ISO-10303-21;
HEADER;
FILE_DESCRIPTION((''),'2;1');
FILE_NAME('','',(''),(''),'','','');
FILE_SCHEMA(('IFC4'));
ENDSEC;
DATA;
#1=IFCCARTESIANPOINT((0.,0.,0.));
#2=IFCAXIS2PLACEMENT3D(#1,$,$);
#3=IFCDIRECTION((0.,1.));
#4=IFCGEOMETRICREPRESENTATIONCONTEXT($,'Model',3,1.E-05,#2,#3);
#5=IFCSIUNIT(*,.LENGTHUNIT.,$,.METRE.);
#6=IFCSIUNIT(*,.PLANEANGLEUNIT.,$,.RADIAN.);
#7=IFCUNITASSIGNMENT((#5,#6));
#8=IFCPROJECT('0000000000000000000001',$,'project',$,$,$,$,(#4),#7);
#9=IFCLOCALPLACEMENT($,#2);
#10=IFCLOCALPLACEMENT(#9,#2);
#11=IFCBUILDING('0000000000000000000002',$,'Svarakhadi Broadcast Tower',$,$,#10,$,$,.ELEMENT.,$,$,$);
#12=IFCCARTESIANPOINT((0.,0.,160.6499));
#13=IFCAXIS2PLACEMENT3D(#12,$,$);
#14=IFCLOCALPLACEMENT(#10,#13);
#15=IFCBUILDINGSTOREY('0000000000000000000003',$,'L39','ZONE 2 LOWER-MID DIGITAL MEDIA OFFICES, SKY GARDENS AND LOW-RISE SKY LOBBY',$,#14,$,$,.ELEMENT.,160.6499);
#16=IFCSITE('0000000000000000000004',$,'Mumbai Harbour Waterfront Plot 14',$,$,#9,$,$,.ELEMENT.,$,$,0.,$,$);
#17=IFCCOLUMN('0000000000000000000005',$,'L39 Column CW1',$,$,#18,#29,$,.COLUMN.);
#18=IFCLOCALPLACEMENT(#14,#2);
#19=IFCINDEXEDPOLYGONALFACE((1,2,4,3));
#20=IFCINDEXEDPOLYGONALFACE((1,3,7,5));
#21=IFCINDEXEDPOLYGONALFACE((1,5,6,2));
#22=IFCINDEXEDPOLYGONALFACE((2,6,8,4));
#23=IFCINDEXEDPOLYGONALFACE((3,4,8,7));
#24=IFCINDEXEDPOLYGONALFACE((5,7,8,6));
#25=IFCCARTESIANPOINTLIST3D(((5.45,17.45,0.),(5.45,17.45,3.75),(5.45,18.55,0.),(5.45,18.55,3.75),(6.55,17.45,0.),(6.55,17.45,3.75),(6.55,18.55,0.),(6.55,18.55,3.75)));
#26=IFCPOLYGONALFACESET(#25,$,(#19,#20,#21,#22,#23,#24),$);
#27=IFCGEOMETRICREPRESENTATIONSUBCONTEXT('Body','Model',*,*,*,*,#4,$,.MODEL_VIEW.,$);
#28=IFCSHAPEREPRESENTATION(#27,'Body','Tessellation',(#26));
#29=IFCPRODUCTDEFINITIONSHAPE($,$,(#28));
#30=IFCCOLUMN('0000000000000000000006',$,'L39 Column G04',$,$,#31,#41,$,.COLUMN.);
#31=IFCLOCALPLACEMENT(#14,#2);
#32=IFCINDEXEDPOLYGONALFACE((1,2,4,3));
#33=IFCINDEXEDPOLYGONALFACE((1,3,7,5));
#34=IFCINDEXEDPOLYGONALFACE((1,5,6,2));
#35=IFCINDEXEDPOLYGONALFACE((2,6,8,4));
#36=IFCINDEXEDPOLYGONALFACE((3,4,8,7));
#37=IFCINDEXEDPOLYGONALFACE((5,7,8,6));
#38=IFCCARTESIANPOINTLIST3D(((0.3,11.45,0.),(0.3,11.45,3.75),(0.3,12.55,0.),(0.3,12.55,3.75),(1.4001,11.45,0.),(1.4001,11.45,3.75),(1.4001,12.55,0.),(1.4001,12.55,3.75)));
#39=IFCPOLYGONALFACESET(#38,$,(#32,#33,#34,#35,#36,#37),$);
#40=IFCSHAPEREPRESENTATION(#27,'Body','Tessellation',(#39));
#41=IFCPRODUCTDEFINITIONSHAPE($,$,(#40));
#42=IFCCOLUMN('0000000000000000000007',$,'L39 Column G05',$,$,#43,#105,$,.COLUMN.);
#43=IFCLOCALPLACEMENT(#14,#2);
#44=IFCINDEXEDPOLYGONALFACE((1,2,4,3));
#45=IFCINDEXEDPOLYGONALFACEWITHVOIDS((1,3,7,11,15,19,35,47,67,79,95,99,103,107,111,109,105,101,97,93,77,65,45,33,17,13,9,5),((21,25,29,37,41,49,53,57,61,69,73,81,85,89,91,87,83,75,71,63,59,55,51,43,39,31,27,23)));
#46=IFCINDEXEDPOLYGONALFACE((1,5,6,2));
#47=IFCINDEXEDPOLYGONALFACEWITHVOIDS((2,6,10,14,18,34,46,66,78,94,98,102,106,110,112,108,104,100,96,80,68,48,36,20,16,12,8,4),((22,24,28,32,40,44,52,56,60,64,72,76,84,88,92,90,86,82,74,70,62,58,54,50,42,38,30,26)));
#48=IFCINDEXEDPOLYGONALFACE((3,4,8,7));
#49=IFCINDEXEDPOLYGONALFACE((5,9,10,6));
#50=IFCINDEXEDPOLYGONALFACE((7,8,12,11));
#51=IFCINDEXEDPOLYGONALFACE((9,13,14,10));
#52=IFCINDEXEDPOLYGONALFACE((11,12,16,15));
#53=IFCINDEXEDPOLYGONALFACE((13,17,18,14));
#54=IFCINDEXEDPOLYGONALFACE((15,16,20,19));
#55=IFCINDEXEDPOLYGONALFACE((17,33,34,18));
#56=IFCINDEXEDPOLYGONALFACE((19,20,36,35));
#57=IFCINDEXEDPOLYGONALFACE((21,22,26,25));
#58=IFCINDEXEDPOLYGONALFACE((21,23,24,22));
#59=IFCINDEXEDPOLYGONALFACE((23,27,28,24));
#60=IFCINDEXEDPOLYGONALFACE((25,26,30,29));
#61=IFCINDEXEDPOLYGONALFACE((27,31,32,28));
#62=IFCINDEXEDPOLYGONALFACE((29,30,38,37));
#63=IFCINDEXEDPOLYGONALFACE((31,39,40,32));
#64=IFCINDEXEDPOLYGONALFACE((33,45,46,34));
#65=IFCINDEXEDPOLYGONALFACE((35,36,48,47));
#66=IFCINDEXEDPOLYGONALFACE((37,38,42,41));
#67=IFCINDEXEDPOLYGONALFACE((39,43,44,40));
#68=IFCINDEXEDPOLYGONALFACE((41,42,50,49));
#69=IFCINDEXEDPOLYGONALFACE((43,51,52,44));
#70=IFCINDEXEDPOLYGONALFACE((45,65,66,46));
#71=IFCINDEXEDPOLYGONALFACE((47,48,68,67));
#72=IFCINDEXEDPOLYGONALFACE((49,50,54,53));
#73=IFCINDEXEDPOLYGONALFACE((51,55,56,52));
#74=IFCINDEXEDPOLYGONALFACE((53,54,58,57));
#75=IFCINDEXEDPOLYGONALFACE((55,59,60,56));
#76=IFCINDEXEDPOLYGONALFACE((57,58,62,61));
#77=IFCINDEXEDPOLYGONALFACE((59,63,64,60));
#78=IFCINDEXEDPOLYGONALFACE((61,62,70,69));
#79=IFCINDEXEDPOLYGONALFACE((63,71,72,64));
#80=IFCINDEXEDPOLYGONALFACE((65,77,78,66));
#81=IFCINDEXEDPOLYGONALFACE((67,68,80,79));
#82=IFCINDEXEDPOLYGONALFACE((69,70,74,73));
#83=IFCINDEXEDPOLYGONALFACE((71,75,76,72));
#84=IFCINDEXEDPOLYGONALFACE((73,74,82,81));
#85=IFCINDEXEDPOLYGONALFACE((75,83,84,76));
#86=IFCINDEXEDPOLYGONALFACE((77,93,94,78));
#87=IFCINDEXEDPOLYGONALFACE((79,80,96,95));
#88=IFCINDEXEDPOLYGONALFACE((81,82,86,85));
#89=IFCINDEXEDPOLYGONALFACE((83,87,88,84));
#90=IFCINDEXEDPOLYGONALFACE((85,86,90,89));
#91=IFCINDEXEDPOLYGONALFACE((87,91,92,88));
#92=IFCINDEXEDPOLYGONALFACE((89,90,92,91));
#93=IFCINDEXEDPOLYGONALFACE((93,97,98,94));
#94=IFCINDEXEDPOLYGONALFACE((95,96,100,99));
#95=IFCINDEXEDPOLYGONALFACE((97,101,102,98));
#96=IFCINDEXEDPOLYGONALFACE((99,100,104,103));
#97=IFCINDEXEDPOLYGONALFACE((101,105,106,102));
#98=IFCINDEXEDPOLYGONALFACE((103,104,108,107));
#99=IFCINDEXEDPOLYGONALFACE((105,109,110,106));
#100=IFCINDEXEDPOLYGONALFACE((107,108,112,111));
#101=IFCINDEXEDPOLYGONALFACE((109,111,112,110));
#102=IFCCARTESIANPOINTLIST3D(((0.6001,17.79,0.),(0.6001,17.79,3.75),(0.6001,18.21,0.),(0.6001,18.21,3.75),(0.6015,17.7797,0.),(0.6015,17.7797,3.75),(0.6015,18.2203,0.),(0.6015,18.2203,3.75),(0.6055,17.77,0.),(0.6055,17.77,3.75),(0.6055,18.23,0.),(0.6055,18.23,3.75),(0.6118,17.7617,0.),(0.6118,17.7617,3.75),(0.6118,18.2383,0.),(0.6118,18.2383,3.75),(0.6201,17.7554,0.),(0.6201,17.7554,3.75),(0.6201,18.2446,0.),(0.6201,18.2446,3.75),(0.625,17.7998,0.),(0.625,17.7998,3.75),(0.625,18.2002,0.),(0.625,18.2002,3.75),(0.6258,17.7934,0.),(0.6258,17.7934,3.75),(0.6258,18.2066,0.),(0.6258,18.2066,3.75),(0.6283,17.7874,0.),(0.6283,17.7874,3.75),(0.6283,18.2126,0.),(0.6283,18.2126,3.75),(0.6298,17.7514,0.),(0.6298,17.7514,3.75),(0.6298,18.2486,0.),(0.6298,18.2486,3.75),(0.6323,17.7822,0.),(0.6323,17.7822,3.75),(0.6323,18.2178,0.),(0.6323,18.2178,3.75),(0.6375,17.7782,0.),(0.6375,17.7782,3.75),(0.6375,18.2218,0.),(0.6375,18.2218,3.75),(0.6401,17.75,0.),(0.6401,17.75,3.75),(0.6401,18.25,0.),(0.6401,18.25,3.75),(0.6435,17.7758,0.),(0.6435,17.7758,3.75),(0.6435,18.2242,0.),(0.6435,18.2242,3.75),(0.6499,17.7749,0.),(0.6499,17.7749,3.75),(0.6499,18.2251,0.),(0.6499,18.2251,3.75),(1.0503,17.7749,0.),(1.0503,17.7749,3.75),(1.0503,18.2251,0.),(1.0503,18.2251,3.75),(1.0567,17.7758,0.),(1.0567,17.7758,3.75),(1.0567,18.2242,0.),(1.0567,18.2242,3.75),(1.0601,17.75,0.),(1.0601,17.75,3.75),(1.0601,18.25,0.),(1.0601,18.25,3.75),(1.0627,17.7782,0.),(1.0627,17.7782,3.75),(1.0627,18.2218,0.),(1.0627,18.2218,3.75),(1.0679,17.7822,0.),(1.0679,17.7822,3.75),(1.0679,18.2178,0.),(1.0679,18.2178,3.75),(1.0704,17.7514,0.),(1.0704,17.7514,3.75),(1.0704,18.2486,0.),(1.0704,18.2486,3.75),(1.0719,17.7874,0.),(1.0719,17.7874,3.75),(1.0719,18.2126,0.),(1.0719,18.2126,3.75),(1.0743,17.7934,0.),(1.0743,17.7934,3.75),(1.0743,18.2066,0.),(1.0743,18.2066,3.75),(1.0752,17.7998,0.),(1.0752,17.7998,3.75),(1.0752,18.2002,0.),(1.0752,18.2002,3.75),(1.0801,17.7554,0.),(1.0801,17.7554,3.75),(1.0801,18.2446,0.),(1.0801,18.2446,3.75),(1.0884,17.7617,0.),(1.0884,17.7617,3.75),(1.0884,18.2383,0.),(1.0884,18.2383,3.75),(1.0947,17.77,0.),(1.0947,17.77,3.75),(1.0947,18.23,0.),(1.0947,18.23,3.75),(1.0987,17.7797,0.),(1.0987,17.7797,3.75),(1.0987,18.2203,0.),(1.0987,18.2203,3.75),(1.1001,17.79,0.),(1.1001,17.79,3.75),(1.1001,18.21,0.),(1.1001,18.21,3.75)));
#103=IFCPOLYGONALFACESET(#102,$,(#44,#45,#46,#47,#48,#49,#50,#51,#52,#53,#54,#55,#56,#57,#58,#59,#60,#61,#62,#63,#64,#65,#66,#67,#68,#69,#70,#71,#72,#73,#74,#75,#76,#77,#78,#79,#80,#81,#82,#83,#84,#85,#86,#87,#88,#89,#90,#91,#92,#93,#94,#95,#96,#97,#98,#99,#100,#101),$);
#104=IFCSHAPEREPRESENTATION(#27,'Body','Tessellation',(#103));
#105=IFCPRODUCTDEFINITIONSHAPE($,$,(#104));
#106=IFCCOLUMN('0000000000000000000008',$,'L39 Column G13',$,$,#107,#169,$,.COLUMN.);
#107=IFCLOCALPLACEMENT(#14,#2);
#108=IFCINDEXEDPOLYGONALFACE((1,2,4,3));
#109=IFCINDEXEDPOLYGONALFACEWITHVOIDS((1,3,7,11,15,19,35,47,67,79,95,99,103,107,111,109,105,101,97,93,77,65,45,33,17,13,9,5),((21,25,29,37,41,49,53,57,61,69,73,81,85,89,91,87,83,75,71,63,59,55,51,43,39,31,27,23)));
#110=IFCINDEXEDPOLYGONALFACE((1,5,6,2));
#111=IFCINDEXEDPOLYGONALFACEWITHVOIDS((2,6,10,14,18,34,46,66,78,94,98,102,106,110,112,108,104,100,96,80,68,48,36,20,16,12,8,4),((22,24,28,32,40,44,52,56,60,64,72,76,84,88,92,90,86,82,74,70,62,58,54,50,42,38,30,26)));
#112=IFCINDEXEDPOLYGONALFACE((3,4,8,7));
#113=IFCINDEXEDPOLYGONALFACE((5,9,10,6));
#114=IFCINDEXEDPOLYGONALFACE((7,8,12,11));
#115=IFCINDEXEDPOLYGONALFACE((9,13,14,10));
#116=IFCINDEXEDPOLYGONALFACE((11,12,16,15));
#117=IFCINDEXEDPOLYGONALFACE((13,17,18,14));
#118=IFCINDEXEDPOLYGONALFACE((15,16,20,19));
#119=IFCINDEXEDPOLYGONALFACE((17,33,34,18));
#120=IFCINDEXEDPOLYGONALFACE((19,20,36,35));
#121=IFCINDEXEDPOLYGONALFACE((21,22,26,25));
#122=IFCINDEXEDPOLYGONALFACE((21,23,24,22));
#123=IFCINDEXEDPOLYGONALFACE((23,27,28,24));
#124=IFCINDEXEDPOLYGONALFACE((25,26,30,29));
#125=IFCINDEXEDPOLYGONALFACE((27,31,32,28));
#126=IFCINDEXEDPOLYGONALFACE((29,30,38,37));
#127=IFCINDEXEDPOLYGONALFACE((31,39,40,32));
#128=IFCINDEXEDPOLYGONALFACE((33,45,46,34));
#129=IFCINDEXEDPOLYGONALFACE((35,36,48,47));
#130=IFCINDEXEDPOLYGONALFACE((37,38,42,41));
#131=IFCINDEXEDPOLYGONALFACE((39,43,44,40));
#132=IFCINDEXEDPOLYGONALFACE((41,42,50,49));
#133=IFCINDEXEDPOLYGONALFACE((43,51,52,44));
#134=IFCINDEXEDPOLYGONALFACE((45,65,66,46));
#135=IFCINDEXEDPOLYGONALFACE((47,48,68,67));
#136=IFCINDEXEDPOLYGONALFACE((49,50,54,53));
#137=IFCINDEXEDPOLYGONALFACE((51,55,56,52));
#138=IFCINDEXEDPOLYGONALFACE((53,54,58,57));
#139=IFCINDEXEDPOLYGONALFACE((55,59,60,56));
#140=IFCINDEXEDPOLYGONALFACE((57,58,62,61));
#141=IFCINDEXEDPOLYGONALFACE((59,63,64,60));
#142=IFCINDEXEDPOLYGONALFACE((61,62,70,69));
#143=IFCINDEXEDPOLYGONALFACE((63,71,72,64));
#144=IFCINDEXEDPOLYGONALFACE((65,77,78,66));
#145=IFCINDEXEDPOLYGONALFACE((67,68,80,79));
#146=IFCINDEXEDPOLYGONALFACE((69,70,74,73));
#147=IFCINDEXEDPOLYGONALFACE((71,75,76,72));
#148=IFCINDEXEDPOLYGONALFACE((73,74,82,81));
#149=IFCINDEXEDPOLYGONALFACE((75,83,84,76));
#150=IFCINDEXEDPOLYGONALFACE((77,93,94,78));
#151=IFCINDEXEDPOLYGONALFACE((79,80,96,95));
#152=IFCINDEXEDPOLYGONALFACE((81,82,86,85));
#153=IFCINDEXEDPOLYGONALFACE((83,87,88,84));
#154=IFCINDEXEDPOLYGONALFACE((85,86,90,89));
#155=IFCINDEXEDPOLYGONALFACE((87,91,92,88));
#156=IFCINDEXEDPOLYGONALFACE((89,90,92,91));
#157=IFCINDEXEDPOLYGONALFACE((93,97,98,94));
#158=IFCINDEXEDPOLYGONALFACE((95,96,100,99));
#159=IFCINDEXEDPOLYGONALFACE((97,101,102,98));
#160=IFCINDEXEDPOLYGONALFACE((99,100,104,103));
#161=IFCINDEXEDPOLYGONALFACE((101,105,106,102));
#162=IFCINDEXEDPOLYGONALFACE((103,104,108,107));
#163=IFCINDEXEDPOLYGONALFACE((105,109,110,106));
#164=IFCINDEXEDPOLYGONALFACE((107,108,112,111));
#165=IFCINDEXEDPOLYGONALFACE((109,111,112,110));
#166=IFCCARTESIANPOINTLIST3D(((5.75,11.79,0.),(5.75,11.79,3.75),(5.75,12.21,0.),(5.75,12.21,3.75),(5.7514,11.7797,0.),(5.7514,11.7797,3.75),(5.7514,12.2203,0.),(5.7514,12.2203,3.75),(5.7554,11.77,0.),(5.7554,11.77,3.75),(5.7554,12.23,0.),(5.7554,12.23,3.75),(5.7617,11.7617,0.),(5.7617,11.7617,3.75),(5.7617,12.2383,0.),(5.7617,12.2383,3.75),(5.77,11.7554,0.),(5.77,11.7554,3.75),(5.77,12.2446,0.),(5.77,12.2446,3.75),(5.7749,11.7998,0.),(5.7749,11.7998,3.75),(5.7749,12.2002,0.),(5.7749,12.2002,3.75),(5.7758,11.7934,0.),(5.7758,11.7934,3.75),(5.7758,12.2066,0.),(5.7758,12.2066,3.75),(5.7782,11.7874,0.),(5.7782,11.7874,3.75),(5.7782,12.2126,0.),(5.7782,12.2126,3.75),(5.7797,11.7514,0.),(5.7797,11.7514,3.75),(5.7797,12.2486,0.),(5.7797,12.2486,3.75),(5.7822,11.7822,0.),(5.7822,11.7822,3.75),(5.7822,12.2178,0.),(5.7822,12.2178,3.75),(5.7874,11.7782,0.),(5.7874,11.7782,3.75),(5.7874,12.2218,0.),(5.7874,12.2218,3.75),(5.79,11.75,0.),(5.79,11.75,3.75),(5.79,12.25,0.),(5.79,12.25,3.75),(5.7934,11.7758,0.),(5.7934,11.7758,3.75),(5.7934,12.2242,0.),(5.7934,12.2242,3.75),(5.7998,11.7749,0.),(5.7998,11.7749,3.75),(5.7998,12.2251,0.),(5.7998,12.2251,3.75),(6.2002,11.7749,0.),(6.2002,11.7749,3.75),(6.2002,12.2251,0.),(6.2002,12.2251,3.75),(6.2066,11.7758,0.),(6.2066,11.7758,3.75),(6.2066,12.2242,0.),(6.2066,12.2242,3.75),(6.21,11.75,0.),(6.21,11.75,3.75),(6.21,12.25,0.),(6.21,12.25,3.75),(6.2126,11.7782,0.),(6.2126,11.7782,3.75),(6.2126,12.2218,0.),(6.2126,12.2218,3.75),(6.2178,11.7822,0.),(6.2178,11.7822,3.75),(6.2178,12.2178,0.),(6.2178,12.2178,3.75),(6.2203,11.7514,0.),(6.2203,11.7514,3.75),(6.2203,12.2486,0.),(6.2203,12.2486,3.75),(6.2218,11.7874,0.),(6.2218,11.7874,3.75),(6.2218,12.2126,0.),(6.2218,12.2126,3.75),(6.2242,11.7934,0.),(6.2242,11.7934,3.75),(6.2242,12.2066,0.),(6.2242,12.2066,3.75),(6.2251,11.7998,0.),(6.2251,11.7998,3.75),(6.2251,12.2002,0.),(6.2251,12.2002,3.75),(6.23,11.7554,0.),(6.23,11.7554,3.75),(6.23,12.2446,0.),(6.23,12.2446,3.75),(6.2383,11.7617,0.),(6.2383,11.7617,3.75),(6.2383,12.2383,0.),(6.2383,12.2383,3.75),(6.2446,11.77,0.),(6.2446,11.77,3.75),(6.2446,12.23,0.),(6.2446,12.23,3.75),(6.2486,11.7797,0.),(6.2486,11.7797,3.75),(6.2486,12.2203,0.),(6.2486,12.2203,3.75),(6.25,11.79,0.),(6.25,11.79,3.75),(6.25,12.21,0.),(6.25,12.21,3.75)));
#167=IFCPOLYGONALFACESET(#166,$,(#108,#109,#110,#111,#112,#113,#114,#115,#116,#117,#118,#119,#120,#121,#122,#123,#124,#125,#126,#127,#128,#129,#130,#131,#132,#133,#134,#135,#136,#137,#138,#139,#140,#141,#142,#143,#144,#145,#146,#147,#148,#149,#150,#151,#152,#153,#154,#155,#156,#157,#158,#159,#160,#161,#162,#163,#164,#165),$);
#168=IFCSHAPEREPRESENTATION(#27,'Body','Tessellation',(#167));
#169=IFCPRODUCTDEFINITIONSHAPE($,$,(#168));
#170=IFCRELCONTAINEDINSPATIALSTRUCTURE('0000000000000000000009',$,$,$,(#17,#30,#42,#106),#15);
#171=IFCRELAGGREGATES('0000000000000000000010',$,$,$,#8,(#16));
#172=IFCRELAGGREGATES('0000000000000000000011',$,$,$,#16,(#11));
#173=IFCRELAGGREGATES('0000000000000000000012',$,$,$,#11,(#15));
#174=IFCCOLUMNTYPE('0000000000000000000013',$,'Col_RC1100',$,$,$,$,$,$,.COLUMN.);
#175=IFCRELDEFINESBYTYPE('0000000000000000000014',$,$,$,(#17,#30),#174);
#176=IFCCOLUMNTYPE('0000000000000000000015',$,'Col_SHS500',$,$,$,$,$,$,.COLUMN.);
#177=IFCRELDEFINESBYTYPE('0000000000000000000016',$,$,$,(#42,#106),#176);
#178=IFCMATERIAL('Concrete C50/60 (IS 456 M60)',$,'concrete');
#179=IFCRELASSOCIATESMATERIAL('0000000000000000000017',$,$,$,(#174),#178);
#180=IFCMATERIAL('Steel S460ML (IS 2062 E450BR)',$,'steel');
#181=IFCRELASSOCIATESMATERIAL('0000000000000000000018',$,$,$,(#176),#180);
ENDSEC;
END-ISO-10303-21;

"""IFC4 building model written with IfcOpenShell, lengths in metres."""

from ifc_helpers import new_model, si_unit, direction, frame, origin, origin_2d, place, context, subcontext, project, spatial, rectangle, hollow_rectangle, extrude, material, material_profile, profile_set, type_object, element, save


model = new_model("IFC4")

# Units and contexts
model_context = context("Model", 3, precision=1e-05, world=origin(), true_north=direction((0.0, 1.0)))
body_context = subcontext(model_context, "Body", "Model", "MODEL_VIEW")
ifc_project = project(units=[si_unit("LENGTHUNIT", "METRE"), si_unit("PLANEANGLEUNIT", "RADIAN")], contexts=[model_context])

# Site, building, storey
site_placement = place(None, origin())
site = spatial("IfcSite", under=ifc_project, at=site_placement, Name="Mumbai Harbour Waterfront Plot 14", CompositionType="ELEMENT", RefElevation=0.0)
building_placement = place(site_placement, origin())
building = spatial("IfcBuilding", under=site, at=building_placement, Name="Svarakhadi Broadcast Tower", CompositionType="ELEMENT")
storey_placement = place(building_placement, frame((0.0, 0.0, 160.6499)))
storey = spatial("IfcBuildingStorey", under=building, at=storey_placement, Name="L39", Description="ZONE 2 LOWER-MID DIGITAL MEDIA OFFICES, SKY GARDENS AND LOW-RISE SKY LOBBY", CompositionType="ELEMENT", Elevation=160.6499)

# Columns
ifc_material_1 = material(Name="Concrete C50/60 (IS 456 M60)", Category="concrete")
ifc_material_profile_1 = material_profile(ifc_material_1, rectangle(XDim=1.1001, YDim=1.1001, at=origin_2d()), Name="RC 1100x1100")
ifc_profile_set_1 = profile_set([ifc_material_profile_1], Name="Concrete C50/60 (IS 456 M60)")
column_type_1 = type_object("IfcColumnType", Name="Col_RC1100", PredefinedType="COLUMN", material=ifc_profile_set_1)
for number, where, z_axis, x_axis, name in (
    (1, (6.0, 18.0, 0.0), (0.0, 0.0, 1.0), (1.0, 0.0, 0.0), "L39 Column CW1"),
    (2, (0.8501, 12.0, 0.0), (0.0, 0.0, 1.0), (1.0, 0.0, 0.0), "L39 Column G04"),
):
    element("IfcColumn", number, at=place(storey_placement, frame(where, z_axis=z_axis, x_axis=x_axis)), inside=storey, type_object=column_type_1, Name=name, PredefinedType="COLUMN", context=body_context, shape_type="SweptSolid", body=[
        extrude(rectangle(XDim=1.1001, YDim=1.1001, at=origin_2d()), origin(), (0.0, 0.0, 1.0), 3.75),
    ])
ifc_material_2 = material(Name="Steel S460ML (IS 2062 E450BR)", Category="steel")
ifc_material_profile_2 = material_profile(ifc_material_2, hollow_rectangle(XDim=0.5, YDim=0.5, WallThickness=0.0249, InnerFilletRadius=0.0249, OuterFilletRadius=0.04, at=origin_2d()), Name="SHS 500x500x25")
ifc_profile_set_2 = profile_set([ifc_material_profile_2], Name="Steel S460ML (IS 2062 E450BR)")
column_type_2 = type_object("IfcColumnType", Name="Col_SHS500", PredefinedType="COLUMN", material=ifc_profile_set_2)
for number, where, z_axis, x_axis, name in (
    (3, (0.8501, 18.0, 0.0), (0.0, 0.0, 1.0), (1.0, 0.0, 0.0), "L39 Column G05"),
    (4, (6.0, 12.0, 0.0), (0.0, 0.0, 1.0), (1.0, 0.0, 0.0), "L39 Column G13"),
):
    element("IfcColumn", number, at=place(storey_placement, frame(where, z_axis=z_axis, x_axis=x_axis)), inside=storey, type_object=column_type_2, Name=name, PredefinedType="COLUMN", context=body_context, shape_type="SweptSolid", body=[
        extrude(hollow_rectangle(XDim=0.5, YDim=0.5, WallThickness=0.0249, InnerFilletRadius=0.0249, OuterFilletRadius=0.04, at=origin_2d()), origin(), (0.0, 0.0, 1.0), 3.75),
    ])

save(model, "model.ifc")
